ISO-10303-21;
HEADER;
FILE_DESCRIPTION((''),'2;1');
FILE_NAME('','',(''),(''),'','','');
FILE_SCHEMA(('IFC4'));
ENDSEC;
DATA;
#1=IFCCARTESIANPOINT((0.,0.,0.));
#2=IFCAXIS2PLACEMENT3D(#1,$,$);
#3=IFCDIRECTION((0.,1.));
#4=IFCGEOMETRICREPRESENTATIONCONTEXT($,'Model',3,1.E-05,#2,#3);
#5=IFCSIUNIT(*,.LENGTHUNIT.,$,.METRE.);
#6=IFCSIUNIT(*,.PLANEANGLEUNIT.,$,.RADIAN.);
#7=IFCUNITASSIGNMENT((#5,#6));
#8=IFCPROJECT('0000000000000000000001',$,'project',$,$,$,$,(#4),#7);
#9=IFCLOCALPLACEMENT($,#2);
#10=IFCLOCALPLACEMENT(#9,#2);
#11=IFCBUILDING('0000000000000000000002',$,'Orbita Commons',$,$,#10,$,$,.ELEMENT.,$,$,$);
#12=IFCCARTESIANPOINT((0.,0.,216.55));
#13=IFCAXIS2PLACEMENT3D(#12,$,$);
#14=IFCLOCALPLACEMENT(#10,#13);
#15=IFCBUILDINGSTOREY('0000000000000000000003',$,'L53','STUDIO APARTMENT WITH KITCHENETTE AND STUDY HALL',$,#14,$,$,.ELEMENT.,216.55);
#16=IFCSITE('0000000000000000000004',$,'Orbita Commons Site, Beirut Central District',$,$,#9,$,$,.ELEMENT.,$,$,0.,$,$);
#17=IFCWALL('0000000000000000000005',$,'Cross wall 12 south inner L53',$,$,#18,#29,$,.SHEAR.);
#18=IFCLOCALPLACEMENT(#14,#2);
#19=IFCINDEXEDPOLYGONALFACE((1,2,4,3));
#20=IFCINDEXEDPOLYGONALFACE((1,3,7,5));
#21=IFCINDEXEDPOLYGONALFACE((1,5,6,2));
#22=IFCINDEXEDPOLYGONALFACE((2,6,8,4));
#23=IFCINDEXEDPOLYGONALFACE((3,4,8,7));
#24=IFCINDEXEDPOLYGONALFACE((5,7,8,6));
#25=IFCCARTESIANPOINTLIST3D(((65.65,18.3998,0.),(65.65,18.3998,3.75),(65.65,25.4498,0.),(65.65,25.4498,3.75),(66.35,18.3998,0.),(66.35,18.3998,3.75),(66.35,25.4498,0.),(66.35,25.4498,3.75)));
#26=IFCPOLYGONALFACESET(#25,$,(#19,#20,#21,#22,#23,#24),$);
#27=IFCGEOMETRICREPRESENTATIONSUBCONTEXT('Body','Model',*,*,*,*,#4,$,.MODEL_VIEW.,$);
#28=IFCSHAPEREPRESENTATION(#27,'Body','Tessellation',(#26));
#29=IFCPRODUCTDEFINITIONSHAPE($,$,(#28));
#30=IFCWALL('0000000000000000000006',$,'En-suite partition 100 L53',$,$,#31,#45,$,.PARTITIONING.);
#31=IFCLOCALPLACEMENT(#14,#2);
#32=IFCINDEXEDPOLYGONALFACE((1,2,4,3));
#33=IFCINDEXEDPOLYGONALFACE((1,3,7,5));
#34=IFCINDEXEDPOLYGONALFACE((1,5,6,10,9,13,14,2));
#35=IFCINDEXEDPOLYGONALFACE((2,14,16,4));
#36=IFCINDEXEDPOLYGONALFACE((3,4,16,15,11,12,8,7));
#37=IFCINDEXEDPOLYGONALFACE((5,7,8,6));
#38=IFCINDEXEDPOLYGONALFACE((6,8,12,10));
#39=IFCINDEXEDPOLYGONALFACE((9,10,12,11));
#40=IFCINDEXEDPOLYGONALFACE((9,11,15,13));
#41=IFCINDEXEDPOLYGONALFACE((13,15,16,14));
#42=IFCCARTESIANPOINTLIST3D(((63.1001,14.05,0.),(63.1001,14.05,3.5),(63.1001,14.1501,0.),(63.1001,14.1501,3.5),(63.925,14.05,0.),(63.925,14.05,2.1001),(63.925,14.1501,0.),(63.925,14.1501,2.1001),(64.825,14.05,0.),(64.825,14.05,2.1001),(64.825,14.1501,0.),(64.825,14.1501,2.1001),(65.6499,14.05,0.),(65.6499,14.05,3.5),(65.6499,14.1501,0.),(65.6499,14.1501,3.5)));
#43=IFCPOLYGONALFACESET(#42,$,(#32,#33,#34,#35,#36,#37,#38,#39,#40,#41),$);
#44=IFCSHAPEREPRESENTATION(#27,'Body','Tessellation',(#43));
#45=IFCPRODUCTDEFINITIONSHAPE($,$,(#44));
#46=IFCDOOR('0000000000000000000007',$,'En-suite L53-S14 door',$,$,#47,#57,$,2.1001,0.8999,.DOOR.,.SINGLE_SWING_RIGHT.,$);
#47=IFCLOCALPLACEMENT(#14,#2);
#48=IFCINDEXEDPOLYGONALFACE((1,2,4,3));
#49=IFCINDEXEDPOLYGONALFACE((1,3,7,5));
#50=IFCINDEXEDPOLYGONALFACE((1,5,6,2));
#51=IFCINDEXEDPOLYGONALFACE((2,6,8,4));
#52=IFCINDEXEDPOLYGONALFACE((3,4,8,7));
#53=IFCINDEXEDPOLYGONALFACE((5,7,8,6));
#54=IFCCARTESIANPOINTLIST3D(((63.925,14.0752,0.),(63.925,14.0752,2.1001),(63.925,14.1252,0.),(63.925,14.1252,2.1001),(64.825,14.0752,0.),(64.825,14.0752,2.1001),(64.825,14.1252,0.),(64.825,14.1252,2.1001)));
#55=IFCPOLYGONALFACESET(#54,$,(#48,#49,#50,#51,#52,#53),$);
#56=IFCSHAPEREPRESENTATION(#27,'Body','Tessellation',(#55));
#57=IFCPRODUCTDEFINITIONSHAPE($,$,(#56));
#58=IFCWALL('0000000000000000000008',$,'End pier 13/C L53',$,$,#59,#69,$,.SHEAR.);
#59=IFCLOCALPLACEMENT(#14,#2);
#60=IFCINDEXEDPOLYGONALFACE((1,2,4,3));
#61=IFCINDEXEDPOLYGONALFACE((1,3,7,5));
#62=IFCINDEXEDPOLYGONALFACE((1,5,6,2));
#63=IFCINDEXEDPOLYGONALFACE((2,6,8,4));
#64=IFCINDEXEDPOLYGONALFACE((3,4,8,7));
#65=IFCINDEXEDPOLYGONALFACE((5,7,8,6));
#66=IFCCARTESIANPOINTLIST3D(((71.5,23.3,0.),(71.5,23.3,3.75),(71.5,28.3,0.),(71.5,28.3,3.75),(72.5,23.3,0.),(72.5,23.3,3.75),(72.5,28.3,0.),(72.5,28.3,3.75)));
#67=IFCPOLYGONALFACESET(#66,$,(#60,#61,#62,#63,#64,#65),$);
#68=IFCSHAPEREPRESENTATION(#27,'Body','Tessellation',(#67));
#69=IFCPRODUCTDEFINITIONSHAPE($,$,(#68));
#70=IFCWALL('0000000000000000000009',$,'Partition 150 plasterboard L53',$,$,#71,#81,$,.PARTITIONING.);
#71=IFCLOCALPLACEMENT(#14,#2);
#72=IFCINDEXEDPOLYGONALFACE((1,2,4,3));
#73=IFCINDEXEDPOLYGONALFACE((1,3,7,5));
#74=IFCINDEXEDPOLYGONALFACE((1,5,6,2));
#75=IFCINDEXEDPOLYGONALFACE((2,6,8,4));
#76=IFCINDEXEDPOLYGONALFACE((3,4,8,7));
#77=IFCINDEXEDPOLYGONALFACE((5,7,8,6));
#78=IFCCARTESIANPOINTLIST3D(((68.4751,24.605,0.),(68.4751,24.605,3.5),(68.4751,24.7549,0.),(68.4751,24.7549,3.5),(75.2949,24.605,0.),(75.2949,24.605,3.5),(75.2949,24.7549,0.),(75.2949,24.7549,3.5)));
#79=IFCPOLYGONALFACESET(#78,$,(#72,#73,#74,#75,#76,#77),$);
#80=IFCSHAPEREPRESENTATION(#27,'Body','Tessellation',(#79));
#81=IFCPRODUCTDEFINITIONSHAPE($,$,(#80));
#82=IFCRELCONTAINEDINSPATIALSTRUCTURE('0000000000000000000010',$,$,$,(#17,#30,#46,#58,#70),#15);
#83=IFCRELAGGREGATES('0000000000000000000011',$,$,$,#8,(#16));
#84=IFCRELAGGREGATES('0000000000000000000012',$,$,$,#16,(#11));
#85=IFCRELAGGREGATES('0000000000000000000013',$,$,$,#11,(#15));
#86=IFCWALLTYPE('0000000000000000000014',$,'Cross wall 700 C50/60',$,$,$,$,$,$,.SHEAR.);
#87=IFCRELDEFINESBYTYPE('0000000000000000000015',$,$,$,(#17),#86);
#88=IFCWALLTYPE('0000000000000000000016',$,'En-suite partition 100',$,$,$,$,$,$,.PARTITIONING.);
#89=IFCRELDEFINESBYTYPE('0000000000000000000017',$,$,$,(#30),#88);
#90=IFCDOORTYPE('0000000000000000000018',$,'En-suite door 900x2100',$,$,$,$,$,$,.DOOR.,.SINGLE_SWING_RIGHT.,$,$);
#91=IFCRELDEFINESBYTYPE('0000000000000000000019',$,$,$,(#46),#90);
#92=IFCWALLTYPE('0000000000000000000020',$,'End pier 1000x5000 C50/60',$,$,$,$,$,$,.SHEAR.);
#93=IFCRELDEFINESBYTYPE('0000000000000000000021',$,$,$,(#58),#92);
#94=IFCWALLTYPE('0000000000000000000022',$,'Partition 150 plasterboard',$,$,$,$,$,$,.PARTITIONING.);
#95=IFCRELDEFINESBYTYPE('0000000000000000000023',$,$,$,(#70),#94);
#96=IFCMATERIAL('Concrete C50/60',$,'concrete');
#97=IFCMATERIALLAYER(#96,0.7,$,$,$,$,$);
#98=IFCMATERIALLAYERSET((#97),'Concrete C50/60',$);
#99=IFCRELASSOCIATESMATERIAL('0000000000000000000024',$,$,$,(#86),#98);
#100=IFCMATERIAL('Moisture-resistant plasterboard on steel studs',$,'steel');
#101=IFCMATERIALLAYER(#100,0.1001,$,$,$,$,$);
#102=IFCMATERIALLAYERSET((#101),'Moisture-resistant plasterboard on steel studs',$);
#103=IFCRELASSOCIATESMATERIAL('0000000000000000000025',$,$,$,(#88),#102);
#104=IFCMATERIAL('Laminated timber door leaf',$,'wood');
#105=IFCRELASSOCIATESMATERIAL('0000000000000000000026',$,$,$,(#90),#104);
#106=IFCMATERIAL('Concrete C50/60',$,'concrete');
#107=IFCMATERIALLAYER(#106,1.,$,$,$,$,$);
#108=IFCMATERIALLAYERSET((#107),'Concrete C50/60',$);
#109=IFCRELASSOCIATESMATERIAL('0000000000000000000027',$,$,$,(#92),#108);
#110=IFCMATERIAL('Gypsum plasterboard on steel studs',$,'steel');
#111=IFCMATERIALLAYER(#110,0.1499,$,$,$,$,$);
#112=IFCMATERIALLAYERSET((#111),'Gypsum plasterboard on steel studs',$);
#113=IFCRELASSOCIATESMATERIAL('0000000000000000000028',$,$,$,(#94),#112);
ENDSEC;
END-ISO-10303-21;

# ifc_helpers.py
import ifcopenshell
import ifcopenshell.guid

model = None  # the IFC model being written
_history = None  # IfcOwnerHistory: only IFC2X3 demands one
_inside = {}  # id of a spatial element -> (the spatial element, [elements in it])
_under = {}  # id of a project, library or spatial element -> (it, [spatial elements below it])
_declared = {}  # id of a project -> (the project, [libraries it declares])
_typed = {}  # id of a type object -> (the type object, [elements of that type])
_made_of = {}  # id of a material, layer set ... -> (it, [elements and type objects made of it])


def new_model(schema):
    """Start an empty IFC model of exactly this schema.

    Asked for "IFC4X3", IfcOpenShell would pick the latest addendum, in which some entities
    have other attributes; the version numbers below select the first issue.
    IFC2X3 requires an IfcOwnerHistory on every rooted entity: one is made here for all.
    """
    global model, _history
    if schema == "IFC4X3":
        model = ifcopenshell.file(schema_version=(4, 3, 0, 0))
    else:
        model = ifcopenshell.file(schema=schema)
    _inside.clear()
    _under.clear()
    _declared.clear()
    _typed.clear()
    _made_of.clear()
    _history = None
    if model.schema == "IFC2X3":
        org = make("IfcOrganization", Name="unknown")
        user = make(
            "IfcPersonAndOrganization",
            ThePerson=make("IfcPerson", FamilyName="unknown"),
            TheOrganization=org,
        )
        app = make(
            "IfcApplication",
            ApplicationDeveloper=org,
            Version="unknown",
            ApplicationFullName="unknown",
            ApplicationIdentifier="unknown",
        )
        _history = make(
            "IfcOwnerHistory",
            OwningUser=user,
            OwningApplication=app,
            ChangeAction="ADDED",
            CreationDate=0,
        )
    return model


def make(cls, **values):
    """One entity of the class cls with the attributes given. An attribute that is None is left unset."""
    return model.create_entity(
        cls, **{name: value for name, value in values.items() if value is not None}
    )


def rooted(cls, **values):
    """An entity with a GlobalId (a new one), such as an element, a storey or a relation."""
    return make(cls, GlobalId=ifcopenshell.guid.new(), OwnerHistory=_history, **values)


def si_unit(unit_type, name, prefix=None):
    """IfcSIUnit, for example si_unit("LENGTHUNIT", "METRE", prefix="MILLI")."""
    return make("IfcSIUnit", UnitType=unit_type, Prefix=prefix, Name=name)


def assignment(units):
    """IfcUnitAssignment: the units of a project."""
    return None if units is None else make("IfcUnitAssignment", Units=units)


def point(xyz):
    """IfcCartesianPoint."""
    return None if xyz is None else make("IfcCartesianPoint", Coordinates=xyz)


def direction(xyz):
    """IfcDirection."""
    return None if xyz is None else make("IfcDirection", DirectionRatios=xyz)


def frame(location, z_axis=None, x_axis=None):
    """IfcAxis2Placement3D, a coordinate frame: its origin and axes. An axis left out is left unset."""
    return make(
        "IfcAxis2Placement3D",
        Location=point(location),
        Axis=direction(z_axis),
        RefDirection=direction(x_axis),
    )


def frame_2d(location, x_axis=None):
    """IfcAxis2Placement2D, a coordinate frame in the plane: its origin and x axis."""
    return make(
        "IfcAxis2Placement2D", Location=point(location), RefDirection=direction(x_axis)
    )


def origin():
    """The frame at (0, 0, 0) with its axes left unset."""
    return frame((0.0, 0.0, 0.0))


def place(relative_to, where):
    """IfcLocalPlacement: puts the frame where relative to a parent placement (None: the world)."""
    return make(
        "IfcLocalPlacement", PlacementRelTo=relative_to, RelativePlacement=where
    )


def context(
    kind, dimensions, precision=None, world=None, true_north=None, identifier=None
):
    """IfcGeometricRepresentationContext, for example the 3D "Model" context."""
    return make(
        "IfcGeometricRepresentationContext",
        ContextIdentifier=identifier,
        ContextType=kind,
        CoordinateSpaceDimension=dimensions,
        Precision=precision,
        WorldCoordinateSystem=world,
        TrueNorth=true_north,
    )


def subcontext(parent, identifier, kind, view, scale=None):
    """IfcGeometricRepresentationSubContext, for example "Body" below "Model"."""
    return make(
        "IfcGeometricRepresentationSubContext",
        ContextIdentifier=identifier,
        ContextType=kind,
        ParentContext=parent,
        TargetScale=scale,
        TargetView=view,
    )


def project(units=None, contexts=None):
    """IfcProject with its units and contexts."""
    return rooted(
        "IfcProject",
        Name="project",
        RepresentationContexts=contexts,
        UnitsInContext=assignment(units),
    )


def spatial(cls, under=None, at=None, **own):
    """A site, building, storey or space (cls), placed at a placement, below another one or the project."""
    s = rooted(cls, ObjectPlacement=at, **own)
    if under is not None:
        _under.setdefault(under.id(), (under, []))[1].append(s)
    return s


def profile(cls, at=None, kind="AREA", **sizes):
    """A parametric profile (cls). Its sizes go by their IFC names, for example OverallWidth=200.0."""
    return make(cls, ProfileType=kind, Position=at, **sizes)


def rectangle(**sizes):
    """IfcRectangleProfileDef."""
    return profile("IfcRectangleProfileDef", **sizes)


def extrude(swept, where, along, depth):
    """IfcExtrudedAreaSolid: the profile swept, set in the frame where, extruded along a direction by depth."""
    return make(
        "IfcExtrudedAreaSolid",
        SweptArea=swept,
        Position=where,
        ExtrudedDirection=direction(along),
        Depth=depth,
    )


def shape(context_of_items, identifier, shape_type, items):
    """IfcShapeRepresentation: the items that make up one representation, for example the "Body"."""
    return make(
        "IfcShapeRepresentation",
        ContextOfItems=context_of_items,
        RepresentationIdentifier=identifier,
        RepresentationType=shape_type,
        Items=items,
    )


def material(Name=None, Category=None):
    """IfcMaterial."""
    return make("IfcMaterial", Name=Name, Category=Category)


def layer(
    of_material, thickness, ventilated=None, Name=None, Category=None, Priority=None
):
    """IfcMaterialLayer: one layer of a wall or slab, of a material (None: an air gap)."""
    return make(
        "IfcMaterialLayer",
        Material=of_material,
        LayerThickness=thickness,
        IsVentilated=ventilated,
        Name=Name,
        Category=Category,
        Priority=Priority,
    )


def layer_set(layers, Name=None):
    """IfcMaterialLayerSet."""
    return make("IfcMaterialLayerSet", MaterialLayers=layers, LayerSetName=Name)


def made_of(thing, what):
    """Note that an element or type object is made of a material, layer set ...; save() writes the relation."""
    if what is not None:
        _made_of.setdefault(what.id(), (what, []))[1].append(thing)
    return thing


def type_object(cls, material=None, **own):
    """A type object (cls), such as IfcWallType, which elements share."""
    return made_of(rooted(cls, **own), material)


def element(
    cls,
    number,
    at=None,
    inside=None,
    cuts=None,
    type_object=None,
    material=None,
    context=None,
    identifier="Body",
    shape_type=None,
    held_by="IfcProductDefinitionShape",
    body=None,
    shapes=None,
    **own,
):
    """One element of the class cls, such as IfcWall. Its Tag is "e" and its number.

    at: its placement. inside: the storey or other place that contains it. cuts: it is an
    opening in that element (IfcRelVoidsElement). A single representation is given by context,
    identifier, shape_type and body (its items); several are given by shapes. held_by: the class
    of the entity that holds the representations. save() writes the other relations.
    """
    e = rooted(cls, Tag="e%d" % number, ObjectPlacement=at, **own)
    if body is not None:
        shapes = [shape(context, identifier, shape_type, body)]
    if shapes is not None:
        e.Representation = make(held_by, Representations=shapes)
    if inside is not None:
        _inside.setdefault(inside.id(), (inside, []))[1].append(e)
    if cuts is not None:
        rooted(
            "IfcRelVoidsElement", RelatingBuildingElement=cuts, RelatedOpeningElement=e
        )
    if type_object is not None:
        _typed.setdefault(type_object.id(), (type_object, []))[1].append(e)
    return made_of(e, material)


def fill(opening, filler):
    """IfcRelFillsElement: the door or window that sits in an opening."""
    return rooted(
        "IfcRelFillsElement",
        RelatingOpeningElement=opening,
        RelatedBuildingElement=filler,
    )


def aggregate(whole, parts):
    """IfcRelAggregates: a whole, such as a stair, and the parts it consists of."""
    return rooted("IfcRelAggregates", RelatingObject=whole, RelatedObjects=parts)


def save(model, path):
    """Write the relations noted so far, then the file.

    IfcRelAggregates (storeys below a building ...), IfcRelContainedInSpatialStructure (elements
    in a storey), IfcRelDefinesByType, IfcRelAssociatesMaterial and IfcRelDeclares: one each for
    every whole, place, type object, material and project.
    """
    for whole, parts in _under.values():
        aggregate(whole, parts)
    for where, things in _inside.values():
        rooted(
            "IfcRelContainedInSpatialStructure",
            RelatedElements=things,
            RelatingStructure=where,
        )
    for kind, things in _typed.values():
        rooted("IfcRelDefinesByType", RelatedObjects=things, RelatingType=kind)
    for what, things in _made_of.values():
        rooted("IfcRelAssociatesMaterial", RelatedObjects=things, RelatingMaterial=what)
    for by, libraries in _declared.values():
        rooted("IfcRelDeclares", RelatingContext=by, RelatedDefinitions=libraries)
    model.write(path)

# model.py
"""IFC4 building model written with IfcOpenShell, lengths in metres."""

from ifc_helpers import new_model, si_unit, direction, frame, frame_2d, origin, place, context, subcontext, project, spatial, rectangle, extrude, material, layer, layer_set, type_object, element, fill, save


model = new_model("IFC4")

# Units and contexts
model_context = context("Model", 3, precision=1e-05, world=origin(), true_north=direction((0.0, 1.0)))
body_context = subcontext(model_context, "Body", "Model", "MODEL_VIEW")
ifc_project = project(units=[si_unit("LENGTHUNIT", "METRE"), si_unit("PLANEANGLEUNIT", "RADIAN")], contexts=[model_context])

# Site, building, storey
site_placement = place(None, origin())
site = spatial("IfcSite", under=ifc_project, at=site_placement, Name="Orbita Commons Site, Beirut Central District", CompositionType="ELEMENT", RefElevation=0.0)
building_placement = place(site_placement, origin())
building = spatial("IfcBuilding", under=site, at=building_placement, Name="Orbita Commons", CompositionType="ELEMENT")
storey_placement = place(building_placement, frame((0.0, 0.0, 216.55)))
storey = spatial("IfcBuildingStorey", under=building, at=storey_placement, Name="L53", Description="STUDIO APARTMENT WITH KITCHENETTE AND STUDY HALL", CompositionType="ELEMENT", Elevation=216.55)

# Wall
ifc_material_1 = material(Name="Concrete C50/60", Category="concrete")
ifc_layer_1 = layer(ifc_material_1, 0.7)
ifc_layer_set_1 = layer_set([ifc_layer_1], Name="Concrete C50/60")
wall_type_1 = type_object("IfcWallType", Name="Cross wall 700 C50/60", PredefinedType="SHEAR", material=ifc_layer_set_1)
wall_1_placement = place(storey_placement, frame((66.0, 18.3999, 0.0), z_axis=(0.0, 0.0, 1.0), x_axis=(0.0, 1.0, 0.0)))
element("IfcWall", 1, at=wall_1_placement, inside=storey, type_object=wall_type_1, Name="Cross wall 12 south inner L53", PredefinedType="SHEAR", context=body_context, shape_type="SweptSolid", body=[
    extrude(rectangle(XDim=7.05, YDim=0.7, at=frame_2d((3.5249, 0.0))), origin(), (0.0, 0.0, 1.0), 3.75),
])

# Wall, opening, door
ifc_material_2 = material(Name="Moisture-resistant plasterboard on steel studs", Category="steel")
ifc_layer_2 = layer(ifc_material_2, 0.1001)
ifc_layer_set_2 = layer_set([ifc_layer_2], Name="Moisture-resistant plasterboard on steel studs")
wall_type_2 = type_object("IfcWallType", Name="En-suite partition 100", PredefinedType="PARTITIONING", material=ifc_layer_set_2)
wall_2_placement = place(storey_placement, frame((65.6499, 14.1001, 0.0), z_axis=(0.0, 0.0, 1.0), x_axis=(-1.0, 0.0, 0.0)))
wall_2 = element("IfcWall", 2, at=wall_2_placement, inside=storey, type_object=wall_type_2, Name="En-suite partition 100 L53", PredefinedType="PARTITIONING", context=body_context, shape_type="SweptSolid", body=[
    extrude(rectangle(XDim=2.5498, YDim=0.1001, at=frame_2d((1.2749, 0.0))), origin(), (0.0, 0.0, 1.0), 3.5),
])
opening_1_placement = place(wall_2_placement, frame((0.825, 0.0, 0.0)))
opening_1 = element("IfcOpeningElement", 3, at=opening_1_placement, cuts=wall_2, PredefinedType="OPENING", context=body_context, shape_type="SweptSolid", body=[
    extrude(rectangle(XDim=0.8999, YDim=2.1001, at=frame_2d((0.45, 1.05))), frame((0.0, 0.0601, 0.0), z_axis=(0.0, -1.0, 0.0), x_axis=(1.0, 0.0, 0.0)), (0.0, 0.0, 1.0), 0.1201),
])
ifc_material_3 = material(Name="Laminated timber door leaf", Category="wood")
door_type_1 = type_object("IfcDoorType", Name="En-suite door 900x2100", OperationType="SINGLE_SWING_RIGHT", PredefinedType="DOOR", material=ifc_material_3)
door_1_placement = place(opening_1_placement, origin())
door_1 = element("IfcDoor", 4, at=door_1_placement, inside=storey, type_object=door_type_1, Name="En-suite L53-S14 door", OperationType="SINGLE_SWING_RIGHT", OverallHeight=2.1001, OverallWidth=0.8999, PredefinedType="DOOR", context=body_context, shape_type="SweptSolid", body=[
    extrude(rectangle(XDim=0.8999, YDim=2.1001, at=frame_2d((0.45, 1.05))), frame((0.0, 0.0249, 0.0), z_axis=(0.0, -1.0, 0.0), x_axis=(1.0, 0.0, 0.0)), (0.0, 0.0, 1.0), 0.05),
])
fill(opening_1, door_1)

# Walls
ifc_material_4 = material(Name="Concrete C50/60", Category="concrete")
ifc_layer_3 = layer(ifc_material_4, 1.0)
ifc_layer_set_3 = layer_set([ifc_layer_3], Name="Concrete C50/60")
wall_type_3 = type_object("IfcWallType", Name="End pier 1000x5000 C50/60", PredefinedType="SHEAR", material=ifc_layer_set_3)
wall_3_placement = place(storey_placement, frame((72.0, 23.3, 0.0), z_axis=(0.0, 0.0, 1.0), x_axis=(0.0, 1.0, 0.0)))
element("IfcWall", 5, at=wall_3_placement, inside=storey, type_object=wall_type_3, Name="End pier 13/C L53", PredefinedType="SHEAR", context=body_context, shape_type="SweptSolid", body=[
    extrude(rectangle(XDim=5.0, YDim=1.0, at=frame_2d((2.5, 0.0))), origin(), (0.0, 0.0, 1.0), 3.75),
])
ifc_material_5 = material(Name="Gypsum plasterboard on steel studs", Category="steel")
ifc_layer_4 = layer(ifc_material_5, 0.1499)
ifc_layer_set_4 = layer_set([ifc_layer_4], Name="Gypsum plasterboard on steel studs")
wall_type_4 = type_object("IfcWallType", Name="Partition 150 plasterboard", PredefinedType="PARTITIONING", material=ifc_layer_set_4)
wall_4_placement = place(storey_placement, frame((68.4751, 24.6799, 0.0), z_axis=(0.0, 0.0, 1.0), x_axis=(1.0, 0.0, 0.0)))
element("IfcWall", 6, at=wall_4_placement, inside=storey, type_object=wall_type_4, Name="Partition 150 plasterboard L53", PredefinedType="PARTITIONING", context=body_context, shape_type="SweptSolid", body=[
    extrude(rectangle(XDim=6.8198, YDim=0.1499, at=frame_2d((3.4099, 0.0))), origin(), (0.0, 0.0, 1.0), 3.5),
])

save(model, "model.ifc")
